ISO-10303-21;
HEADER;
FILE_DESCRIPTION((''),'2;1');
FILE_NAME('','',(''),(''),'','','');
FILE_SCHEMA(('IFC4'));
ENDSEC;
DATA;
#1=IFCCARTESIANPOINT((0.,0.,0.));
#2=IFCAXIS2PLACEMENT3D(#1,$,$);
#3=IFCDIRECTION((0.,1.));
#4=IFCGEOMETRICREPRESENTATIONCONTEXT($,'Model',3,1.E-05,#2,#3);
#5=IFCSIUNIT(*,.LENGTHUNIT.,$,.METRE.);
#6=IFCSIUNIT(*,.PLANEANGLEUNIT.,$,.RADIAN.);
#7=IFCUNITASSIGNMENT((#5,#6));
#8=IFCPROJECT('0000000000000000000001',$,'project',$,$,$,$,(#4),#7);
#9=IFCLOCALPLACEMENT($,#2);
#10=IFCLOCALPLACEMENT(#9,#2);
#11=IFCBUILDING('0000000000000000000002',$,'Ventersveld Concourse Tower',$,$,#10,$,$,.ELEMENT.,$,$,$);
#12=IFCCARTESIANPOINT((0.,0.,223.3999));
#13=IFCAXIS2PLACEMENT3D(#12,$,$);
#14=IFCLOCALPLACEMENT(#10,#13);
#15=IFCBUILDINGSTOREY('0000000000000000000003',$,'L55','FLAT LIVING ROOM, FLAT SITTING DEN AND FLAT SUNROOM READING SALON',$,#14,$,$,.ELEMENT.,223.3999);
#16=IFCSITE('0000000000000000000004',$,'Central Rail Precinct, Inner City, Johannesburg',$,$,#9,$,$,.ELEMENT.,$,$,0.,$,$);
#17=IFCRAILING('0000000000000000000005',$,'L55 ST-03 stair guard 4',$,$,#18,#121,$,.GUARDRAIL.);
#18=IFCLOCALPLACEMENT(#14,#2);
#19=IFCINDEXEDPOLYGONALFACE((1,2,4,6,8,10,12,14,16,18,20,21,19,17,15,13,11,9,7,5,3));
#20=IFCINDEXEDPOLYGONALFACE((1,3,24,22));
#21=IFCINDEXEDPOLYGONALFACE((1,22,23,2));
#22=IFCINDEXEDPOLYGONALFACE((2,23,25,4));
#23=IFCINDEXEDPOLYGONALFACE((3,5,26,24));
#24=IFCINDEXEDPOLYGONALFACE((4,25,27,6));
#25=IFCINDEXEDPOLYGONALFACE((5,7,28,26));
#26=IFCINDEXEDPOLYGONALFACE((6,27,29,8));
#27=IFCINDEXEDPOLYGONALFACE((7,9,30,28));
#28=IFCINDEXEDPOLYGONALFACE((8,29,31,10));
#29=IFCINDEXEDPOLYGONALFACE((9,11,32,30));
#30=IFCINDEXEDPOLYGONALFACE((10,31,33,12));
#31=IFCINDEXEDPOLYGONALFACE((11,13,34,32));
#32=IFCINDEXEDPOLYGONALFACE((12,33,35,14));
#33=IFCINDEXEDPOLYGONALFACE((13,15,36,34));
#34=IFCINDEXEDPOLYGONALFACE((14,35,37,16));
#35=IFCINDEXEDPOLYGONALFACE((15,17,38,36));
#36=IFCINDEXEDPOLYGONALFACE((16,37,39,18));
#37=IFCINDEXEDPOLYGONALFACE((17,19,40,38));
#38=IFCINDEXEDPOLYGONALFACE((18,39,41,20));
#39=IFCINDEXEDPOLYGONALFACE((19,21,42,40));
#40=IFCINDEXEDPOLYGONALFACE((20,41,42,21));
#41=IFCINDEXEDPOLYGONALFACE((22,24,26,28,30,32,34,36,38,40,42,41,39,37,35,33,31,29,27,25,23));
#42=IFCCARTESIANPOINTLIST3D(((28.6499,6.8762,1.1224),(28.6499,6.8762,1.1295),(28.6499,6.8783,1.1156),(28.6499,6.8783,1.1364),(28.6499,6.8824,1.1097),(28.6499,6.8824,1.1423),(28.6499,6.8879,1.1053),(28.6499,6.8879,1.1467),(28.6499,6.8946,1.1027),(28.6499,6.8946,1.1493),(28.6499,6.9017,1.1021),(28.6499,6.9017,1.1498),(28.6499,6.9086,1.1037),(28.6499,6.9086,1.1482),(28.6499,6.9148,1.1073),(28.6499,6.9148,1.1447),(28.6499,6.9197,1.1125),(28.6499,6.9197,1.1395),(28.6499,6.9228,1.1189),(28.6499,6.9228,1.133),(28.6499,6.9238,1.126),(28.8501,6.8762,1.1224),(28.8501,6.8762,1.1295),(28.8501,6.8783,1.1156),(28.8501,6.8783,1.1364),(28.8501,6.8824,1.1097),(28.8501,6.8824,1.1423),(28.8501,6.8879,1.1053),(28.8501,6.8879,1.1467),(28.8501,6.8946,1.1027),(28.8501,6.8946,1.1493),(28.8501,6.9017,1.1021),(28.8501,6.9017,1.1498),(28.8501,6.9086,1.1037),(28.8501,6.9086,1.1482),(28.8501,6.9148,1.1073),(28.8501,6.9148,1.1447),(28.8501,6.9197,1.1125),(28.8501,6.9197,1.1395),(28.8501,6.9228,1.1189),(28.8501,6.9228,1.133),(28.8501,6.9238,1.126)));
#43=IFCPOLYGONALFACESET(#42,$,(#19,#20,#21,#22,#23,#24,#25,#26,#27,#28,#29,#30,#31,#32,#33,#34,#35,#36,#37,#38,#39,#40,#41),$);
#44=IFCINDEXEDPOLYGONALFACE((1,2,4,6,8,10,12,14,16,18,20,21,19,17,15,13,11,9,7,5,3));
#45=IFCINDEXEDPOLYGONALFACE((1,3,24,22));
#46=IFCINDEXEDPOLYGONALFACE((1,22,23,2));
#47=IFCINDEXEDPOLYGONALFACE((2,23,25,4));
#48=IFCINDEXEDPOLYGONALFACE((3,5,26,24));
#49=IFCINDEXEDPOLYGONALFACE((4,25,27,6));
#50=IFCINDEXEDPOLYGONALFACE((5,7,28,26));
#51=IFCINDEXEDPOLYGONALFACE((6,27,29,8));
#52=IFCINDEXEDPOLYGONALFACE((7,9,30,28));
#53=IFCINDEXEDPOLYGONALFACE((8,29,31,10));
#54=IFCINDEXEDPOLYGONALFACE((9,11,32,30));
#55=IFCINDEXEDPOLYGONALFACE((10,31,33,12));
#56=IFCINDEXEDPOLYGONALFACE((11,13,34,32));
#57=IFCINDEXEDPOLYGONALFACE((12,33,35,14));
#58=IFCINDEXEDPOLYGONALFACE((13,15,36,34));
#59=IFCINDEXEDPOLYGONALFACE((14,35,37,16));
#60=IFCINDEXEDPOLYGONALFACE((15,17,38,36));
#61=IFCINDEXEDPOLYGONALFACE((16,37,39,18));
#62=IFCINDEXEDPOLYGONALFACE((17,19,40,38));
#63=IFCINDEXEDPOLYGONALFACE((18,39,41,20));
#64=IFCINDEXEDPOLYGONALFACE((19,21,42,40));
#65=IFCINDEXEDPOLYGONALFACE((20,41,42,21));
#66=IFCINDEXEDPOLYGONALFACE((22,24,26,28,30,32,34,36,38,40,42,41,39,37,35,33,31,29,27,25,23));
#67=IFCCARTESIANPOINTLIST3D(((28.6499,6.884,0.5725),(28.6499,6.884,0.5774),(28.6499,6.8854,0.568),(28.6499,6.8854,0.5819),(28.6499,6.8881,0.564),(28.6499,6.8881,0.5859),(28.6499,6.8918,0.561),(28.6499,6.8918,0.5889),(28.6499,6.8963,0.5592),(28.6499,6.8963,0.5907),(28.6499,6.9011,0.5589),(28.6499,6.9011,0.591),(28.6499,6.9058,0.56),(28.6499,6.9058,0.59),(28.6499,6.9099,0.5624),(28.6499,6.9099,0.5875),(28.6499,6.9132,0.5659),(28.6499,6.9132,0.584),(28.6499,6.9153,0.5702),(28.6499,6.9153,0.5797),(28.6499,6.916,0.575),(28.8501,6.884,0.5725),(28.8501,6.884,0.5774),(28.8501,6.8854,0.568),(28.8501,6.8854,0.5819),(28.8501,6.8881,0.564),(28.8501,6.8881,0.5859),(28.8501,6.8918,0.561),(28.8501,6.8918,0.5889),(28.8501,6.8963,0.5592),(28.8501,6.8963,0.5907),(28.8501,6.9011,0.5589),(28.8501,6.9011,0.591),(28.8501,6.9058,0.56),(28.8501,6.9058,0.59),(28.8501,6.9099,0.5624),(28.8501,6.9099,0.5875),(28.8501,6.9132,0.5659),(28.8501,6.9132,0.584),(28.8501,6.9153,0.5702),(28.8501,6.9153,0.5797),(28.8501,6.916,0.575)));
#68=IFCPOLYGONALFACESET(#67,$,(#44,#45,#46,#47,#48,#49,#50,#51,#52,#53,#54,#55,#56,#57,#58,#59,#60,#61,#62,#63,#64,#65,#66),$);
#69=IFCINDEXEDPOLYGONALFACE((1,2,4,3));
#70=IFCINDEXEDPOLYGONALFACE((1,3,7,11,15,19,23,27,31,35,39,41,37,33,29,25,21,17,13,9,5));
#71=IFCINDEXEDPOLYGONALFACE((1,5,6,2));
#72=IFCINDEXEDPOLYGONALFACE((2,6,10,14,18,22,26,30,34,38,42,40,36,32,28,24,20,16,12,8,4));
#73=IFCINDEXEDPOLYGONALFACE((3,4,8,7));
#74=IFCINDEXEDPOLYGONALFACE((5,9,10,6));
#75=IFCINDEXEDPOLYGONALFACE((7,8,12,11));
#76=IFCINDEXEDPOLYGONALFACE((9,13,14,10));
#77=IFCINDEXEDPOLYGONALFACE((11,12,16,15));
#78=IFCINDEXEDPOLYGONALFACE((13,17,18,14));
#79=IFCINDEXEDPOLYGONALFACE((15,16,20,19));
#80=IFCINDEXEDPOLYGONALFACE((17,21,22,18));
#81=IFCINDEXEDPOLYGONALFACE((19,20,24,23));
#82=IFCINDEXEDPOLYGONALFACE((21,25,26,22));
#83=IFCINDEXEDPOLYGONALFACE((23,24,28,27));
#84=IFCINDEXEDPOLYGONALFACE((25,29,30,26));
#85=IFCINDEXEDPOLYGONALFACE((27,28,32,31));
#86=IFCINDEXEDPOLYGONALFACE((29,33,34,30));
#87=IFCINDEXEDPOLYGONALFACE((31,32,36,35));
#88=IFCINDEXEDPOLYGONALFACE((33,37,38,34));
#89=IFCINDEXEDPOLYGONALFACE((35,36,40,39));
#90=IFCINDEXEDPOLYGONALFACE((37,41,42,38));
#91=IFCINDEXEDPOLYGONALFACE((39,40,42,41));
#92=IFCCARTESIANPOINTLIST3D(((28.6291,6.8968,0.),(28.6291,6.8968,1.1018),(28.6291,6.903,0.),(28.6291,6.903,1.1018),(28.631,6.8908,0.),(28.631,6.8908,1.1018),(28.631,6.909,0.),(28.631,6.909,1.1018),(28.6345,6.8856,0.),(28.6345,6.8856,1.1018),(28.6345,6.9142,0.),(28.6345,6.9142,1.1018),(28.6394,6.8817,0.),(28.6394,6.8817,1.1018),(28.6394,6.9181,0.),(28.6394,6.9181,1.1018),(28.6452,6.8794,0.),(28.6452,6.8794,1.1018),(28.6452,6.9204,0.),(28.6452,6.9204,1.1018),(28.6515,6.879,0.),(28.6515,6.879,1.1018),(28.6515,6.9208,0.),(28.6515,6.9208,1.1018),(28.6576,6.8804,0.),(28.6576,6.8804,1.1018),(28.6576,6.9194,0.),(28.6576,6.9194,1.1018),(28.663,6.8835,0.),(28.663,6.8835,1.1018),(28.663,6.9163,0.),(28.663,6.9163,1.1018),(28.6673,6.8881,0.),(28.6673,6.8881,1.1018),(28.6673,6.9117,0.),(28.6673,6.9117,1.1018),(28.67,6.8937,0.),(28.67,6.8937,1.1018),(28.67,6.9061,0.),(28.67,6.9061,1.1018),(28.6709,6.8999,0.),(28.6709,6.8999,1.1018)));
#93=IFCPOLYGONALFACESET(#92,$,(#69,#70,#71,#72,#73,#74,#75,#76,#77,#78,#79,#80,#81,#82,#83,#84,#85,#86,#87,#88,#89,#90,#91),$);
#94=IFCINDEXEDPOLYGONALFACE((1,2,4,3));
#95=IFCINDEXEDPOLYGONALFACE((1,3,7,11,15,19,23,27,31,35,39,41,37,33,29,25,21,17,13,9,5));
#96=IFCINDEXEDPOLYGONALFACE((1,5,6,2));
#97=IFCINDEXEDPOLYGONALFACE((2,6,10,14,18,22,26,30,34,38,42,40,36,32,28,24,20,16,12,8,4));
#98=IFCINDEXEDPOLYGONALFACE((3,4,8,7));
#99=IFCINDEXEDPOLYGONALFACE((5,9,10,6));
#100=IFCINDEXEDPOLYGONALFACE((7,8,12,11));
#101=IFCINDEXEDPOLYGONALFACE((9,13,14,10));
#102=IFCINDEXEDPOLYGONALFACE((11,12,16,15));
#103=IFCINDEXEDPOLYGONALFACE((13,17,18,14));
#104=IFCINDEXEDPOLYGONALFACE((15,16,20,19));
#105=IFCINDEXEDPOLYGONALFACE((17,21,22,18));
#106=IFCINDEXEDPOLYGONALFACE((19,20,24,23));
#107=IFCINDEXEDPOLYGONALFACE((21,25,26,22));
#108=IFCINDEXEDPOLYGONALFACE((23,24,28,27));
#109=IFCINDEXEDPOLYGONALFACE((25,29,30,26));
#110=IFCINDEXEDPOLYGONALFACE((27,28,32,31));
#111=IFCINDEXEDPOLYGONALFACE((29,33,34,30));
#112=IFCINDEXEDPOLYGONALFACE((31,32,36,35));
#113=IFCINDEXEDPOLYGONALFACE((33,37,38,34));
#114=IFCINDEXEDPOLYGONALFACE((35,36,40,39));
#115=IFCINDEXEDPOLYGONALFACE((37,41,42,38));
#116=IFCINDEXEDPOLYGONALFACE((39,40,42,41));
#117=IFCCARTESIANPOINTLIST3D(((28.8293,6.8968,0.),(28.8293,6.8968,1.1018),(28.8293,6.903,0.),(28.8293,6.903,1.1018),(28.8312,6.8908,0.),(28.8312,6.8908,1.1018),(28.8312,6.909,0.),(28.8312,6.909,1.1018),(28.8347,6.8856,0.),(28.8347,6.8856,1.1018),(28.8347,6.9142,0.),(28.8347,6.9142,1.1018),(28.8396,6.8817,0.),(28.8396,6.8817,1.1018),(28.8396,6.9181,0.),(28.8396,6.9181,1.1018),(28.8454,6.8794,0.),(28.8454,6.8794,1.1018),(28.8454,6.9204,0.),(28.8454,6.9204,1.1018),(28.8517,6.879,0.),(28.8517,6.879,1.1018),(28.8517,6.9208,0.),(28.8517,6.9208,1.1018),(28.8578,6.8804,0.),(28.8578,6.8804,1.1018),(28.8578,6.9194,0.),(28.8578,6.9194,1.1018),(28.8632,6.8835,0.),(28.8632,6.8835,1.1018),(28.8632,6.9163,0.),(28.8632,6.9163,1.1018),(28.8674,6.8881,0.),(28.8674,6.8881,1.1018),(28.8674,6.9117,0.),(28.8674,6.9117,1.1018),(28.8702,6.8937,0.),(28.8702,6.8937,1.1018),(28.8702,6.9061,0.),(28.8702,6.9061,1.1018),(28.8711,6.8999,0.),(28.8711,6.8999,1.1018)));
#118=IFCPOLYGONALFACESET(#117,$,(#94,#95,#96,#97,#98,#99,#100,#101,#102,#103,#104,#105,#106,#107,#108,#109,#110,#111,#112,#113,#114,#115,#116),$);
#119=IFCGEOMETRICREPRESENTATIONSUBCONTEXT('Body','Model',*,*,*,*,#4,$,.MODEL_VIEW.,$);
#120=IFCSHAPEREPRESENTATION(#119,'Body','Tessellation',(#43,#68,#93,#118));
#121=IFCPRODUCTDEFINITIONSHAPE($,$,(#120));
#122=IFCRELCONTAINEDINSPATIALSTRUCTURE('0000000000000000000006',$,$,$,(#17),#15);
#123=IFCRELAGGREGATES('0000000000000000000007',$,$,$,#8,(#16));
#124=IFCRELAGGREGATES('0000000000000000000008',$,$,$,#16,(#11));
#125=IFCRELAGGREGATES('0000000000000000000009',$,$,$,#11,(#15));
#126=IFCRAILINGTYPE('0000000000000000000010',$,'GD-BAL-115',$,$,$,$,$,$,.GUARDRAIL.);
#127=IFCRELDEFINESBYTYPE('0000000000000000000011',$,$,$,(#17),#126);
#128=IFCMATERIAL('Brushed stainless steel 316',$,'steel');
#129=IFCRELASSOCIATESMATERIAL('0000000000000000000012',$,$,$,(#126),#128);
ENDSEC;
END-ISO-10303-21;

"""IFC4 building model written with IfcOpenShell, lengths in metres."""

from ifc_helpers import new_model, si_unit, direction, frame, origin, origin_2d, place, context, subcontext, project, spatial, circle, extrude, material, type_object, element, save


model = new_model("IFC4")

# Units and contexts
model_context = context("Model", 3, precision=1e-05, world=origin(), true_north=direction((0.0, 1.0)))
body_context = subcontext(model_context, "Body", "Model", "MODEL_VIEW")
ifc_project = project(units=[si_unit("LENGTHUNIT", "METRE"), si_unit("PLANEANGLEUNIT", "RADIAN")], contexts=[model_context])

# Site, building, storey
site_placement = place(None, origin())
site = spatial("IfcSite", under=ifc_project, at=site_placement, Name="Central Rail Precinct, Inner City, Johannesburg", CompositionType="ELEMENT", RefElevation=0.0)
building_placement = place(site_placement, origin())
building = spatial("IfcBuilding", under=site, at=building_placement, Name="Ventersveld Concourse Tower", CompositionType="ELEMENT")
storey_placement = place(building_placement, frame((0.0, 0.0, 223.3999)))
storey = spatial("IfcBuildingStorey", under=building, at=storey_placement, Name="L55", Description="FLAT LIVING ROOM, FLAT SITTING DEN AND FLAT SUNROOM READING SALON", CompositionType="ELEMENT", Elevation=223.3999)

# Shared definitions
ifc_material_1 = material(Name="Brushed stainless steel 316", Category="steel")

# Railing
railing_type_1 = type_object("IfcRailingType", Name="GD-BAL-115", PredefinedType="GUARDRAIL", material=ifc_material_1)
railing_1_placement = place(storey_placement, frame((28.6499, 6.8999, 0.0)))
element("IfcRailing", 1, at=railing_1_placement, inside=storey, type_object=railing_type_1, Name="L55 ST-03 stair guard 4", PredefinedType="GUARDRAIL", context=body_context, shape_type="SweptSolid", body=[
    extrude(circle(Radius=0.0239, at=origin_2d()), frame((0.0, 0.0, 1.126), z_axis=(1.0, 0.0, 0.0), x_axis=(0.0, 1.0, 0.0)), (0.0, 0.0, 1.0), 0.2002),
    extrude(circle(Radius=0.0161, at=origin_2d()), frame((0.0, 0.0, 0.575), z_axis=(1.0, 0.0, 0.0), x_axis=(0.0, 1.0, 0.0)), (0.0, 0.0, 1.0), 0.2002),
    extrude(circle(Radius=0.021, at=origin_2d()), origin(), (0.0, 0.0, 1.0), 1.1018),
    extrude(circle(Radius=0.021, at=origin_2d()), frame((0.2002, 0.0, 0.0)), (0.0, 0.0, 1.0), 1.1018),
])

save(model, "model.ifc")
